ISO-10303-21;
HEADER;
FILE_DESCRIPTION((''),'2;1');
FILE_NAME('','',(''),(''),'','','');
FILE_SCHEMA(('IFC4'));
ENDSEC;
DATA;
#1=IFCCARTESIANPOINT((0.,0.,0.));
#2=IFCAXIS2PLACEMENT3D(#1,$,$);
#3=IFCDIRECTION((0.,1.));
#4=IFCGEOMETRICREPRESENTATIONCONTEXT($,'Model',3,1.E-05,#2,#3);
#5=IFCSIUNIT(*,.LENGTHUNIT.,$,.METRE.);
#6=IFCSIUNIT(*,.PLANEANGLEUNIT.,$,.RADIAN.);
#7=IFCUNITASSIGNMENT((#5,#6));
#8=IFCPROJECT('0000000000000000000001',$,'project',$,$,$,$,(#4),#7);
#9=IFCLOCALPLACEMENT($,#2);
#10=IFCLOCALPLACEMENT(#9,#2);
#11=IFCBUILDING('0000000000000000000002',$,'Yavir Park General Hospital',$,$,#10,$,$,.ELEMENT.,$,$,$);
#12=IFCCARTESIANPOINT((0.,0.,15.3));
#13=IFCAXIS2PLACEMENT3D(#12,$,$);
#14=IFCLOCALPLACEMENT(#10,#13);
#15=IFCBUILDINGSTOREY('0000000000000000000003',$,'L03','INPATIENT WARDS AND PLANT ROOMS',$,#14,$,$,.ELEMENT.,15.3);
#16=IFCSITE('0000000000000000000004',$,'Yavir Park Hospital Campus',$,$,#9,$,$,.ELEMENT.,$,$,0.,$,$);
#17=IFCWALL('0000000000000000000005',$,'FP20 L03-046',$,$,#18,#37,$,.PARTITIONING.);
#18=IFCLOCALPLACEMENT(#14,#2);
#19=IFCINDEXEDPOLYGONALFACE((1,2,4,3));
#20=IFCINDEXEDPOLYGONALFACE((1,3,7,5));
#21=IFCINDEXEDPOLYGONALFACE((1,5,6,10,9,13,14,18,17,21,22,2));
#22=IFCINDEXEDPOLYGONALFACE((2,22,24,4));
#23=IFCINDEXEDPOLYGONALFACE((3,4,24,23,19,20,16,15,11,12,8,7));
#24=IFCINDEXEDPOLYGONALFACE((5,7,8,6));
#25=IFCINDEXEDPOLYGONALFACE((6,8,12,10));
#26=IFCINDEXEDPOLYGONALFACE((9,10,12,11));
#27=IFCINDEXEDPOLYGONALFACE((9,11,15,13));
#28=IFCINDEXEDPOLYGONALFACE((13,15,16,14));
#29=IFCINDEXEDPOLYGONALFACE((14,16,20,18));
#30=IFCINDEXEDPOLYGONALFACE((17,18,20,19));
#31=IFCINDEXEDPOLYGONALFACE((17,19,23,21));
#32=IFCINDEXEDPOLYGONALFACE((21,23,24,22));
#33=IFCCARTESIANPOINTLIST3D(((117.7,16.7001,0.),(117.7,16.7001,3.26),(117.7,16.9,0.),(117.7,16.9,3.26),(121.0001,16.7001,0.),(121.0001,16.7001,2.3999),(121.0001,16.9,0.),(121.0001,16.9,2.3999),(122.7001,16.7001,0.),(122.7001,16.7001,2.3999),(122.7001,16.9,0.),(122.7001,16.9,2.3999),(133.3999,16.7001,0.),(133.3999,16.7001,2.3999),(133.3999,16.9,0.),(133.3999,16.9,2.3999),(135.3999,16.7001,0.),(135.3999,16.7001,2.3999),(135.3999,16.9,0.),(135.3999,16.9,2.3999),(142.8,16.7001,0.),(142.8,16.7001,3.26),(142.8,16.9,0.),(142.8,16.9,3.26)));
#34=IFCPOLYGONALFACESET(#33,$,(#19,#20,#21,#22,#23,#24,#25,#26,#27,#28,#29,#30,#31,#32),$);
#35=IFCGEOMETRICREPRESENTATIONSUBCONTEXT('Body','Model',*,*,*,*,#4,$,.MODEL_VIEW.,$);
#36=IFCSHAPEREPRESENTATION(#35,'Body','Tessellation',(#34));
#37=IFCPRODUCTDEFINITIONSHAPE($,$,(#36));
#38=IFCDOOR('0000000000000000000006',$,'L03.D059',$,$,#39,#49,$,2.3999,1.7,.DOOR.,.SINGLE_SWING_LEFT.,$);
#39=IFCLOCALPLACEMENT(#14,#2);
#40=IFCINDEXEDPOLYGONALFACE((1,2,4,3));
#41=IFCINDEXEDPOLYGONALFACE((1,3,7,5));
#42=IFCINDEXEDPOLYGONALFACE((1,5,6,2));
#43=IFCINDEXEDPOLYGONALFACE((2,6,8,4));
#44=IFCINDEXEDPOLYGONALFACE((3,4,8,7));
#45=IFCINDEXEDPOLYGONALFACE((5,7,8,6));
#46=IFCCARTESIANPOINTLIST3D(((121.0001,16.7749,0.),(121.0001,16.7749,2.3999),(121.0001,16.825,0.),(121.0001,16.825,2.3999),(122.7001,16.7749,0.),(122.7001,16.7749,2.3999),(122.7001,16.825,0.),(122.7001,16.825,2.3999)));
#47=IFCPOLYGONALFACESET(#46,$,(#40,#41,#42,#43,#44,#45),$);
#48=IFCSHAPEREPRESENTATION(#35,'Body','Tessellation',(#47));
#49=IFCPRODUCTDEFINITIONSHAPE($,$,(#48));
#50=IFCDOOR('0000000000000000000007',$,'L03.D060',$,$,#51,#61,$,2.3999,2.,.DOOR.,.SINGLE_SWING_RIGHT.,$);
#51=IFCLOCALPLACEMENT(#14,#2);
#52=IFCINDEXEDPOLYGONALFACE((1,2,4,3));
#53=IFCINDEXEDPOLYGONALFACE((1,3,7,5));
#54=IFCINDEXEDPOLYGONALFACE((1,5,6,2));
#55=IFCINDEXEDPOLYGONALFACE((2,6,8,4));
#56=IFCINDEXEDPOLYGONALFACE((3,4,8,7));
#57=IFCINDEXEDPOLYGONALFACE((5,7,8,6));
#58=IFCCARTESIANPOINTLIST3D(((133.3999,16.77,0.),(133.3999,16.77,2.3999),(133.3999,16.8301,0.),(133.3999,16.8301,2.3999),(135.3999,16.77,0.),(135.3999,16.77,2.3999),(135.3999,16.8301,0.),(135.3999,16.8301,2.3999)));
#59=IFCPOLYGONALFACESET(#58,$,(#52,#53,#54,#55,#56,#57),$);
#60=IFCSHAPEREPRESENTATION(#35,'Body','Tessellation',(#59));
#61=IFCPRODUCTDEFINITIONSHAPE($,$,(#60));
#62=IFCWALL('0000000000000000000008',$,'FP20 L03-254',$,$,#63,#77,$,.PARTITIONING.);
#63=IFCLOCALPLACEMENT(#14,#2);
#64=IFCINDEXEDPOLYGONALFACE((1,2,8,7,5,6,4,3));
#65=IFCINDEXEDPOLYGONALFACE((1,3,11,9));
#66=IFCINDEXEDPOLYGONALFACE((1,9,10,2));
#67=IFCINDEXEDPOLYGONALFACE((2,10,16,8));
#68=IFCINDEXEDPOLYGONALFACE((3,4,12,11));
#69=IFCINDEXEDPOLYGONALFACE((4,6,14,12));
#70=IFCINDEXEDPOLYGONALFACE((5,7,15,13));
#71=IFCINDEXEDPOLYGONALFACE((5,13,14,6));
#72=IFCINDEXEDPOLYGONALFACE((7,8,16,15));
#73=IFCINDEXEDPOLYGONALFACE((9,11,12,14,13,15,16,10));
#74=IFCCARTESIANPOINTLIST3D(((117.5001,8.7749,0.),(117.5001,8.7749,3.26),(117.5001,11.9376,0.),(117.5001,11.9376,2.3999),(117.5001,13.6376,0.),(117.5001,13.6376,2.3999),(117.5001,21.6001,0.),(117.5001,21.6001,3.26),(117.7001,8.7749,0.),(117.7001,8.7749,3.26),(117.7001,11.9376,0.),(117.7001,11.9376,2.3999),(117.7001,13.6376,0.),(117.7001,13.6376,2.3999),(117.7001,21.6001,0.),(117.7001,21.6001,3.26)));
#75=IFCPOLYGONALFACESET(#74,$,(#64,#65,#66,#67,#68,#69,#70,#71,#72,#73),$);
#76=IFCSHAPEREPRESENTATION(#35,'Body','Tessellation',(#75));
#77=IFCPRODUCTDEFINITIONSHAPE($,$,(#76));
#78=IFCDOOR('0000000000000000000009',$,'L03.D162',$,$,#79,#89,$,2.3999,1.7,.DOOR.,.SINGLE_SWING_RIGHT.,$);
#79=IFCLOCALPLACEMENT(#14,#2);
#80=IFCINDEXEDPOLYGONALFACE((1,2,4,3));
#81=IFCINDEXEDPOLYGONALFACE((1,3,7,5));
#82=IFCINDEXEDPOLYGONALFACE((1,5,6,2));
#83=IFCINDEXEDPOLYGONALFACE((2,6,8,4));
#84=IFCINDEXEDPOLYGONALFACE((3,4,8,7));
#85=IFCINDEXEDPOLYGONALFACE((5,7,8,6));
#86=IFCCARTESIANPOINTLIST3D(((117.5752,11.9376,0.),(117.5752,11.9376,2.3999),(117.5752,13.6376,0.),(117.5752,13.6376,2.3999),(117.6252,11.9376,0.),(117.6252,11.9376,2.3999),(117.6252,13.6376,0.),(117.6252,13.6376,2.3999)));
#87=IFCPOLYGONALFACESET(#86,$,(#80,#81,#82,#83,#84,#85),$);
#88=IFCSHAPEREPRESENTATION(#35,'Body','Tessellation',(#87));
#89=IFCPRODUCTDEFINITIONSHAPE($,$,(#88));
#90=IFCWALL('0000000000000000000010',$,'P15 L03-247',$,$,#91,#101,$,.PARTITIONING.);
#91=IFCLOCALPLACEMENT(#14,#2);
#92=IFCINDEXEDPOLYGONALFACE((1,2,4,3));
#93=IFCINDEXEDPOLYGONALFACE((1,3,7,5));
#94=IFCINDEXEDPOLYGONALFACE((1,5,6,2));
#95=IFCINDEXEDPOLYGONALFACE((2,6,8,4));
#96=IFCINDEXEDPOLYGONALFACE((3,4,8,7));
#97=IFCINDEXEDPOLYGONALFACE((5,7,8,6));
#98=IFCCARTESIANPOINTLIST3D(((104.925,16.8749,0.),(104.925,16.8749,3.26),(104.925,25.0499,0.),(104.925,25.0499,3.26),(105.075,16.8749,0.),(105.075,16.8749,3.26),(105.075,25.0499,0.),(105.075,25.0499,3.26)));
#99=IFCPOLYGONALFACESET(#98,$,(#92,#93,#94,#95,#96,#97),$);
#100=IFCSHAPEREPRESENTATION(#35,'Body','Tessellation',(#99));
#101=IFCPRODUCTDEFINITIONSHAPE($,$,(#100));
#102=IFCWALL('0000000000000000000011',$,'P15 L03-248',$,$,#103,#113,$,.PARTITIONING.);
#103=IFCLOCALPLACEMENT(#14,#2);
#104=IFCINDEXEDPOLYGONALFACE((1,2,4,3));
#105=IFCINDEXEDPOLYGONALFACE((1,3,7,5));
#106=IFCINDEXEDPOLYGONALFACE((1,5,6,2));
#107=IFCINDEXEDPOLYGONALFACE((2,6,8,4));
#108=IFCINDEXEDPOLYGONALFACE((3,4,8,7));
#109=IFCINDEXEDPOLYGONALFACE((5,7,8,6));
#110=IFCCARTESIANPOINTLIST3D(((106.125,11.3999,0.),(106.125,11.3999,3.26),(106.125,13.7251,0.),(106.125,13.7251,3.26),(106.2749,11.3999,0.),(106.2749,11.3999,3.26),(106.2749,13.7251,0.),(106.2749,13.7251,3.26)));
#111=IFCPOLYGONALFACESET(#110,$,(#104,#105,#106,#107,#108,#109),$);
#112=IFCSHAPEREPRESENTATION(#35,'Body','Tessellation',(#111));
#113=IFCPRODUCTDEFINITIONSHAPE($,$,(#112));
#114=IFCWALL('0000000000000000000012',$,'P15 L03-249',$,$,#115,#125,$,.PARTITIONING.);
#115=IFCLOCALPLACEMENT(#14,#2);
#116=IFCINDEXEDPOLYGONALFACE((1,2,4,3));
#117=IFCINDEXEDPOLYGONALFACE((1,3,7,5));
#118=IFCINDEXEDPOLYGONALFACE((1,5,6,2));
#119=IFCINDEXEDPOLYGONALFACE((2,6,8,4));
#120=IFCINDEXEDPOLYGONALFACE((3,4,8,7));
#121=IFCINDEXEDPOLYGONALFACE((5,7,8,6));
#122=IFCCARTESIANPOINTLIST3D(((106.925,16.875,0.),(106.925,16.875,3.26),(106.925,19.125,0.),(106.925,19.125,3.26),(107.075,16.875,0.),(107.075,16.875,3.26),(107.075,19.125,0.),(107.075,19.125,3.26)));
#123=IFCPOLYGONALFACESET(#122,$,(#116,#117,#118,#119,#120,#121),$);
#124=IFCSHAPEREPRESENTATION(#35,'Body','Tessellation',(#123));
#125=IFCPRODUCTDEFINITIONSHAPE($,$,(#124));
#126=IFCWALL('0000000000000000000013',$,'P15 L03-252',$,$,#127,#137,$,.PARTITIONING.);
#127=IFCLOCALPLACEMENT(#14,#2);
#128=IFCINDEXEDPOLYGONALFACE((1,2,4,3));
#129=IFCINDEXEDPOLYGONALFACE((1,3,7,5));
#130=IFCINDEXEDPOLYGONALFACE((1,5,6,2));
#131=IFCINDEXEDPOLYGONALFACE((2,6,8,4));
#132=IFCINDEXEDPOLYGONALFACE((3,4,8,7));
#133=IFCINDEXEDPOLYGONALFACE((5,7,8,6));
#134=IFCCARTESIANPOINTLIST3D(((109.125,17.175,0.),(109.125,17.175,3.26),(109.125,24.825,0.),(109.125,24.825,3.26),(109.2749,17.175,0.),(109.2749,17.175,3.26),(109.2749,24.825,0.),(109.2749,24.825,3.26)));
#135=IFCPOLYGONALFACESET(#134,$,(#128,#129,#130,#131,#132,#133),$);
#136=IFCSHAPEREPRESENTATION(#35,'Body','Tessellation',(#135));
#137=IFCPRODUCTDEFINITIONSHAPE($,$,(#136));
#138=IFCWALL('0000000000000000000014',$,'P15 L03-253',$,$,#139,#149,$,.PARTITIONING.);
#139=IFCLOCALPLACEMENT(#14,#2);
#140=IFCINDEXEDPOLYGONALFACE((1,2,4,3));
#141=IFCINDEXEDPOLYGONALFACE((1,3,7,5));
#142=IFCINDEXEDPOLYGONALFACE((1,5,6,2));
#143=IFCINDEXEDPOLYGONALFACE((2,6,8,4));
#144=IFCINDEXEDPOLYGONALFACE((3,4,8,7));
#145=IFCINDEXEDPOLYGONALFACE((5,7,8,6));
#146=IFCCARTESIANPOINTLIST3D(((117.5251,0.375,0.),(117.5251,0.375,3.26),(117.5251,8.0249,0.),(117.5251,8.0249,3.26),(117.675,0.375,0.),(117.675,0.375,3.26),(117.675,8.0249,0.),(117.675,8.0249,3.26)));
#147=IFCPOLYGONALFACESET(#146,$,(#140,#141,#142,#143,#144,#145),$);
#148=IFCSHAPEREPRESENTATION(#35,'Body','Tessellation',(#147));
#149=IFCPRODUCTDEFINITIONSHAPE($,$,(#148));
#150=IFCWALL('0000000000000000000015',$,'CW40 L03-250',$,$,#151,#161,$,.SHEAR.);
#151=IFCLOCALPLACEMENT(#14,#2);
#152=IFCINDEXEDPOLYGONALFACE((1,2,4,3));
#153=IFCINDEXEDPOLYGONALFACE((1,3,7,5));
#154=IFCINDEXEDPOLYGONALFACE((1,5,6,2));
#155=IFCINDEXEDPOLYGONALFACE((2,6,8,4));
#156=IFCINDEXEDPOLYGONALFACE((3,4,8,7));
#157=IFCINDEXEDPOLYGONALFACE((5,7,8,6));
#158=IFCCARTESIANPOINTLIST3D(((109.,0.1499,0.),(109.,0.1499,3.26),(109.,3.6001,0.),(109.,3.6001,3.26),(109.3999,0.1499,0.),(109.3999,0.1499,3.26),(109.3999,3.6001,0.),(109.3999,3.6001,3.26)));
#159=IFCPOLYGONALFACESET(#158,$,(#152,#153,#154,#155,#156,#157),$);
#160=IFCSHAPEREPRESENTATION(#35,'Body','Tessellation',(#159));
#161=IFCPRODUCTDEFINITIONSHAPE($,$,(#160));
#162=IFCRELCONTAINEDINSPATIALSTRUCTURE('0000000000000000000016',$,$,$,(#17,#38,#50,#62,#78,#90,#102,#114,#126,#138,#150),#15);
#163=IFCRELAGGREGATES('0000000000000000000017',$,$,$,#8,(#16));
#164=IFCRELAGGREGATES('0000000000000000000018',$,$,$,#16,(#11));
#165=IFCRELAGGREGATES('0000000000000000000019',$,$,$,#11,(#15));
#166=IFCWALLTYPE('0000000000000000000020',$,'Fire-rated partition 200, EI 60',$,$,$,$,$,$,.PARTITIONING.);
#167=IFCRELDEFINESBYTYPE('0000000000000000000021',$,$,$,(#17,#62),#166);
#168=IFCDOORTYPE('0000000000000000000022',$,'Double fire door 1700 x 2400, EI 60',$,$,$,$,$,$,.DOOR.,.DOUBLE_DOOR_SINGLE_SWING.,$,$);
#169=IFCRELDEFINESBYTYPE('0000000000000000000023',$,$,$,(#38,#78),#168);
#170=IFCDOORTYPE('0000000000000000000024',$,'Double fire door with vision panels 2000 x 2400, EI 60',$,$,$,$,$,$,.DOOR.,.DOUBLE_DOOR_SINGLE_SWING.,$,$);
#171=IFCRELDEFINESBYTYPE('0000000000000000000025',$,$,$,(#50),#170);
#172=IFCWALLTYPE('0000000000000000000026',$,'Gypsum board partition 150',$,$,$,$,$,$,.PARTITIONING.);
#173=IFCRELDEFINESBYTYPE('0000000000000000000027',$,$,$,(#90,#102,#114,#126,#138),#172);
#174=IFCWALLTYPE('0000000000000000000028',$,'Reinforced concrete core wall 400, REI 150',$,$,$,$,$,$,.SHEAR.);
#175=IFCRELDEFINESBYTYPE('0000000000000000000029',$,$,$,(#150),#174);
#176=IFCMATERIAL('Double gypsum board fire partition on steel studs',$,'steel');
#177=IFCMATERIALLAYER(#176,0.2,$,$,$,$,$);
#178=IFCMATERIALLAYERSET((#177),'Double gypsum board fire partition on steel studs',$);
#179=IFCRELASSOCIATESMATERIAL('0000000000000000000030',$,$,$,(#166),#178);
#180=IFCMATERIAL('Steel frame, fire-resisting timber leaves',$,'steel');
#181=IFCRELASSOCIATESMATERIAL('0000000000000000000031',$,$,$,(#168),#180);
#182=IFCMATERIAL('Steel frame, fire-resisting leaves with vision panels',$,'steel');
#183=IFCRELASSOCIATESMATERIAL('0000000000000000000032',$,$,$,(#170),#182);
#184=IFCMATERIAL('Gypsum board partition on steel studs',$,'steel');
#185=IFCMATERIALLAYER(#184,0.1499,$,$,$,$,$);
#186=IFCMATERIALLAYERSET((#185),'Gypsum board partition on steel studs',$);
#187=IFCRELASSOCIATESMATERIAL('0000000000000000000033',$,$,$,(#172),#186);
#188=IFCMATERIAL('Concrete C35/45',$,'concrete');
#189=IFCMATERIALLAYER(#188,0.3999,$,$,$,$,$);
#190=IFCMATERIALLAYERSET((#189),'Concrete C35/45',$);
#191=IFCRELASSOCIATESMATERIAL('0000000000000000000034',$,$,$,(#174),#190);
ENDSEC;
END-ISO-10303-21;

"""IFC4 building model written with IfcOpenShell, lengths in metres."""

from ifc_helpers import new_model, si_unit, direction, frame, frame_2d, origin, place, context, subcontext, project, spatial, rectangle, extrude, material, layer, layer_set, type_object, element, fill, save


model = new_model("IFC4")

# Units and contexts
model_context = context("Model", 3, precision=1e-05, world=origin(), true_north=direction((0.0, 1.0)))
body_context = subcontext(model_context, "Body", "Model", "MODEL_VIEW")
ifc_project = project(units=[si_unit("LENGTHUNIT", "METRE"), si_unit("PLANEANGLEUNIT", "RADIAN")], contexts=[model_context])

# Site, building, storey
site_placement = place(None, origin())
site = spatial("IfcSite", under=ifc_project, at=site_placement, Name="Yavir Park Hospital Campus", CompositionType="ELEMENT", RefElevation=0.0)
building_placement = place(site_placement, origin())
building = spatial("IfcBuilding", under=site, at=building_placement, Name="Yavir Park General Hospital", CompositionType="ELEMENT")
storey_placement = place(building_placement, frame((0.0, 0.0, 15.3)))
storey = spatial("IfcBuildingStorey", under=building, at=storey_placement, Name="L03", Description="INPATIENT WARDS AND PLANT ROOMS", CompositionType="ELEMENT", Elevation=15.3)

# Wall, openings, doors
ifc_material_1 = material(Name="Double gypsum board fire partition on steel studs", Category="steel")
ifc_layer_1 = layer(ifc_material_1, 0.2)
ifc_layer_set_1 = layer_set([ifc_layer_1], Name="Double gypsum board fire partition on steel studs")
wall_type_1 = type_object("IfcWallType", Name="Fire-rated partition 200, EI 60", PredefinedType="PARTITIONING", material=ifc_layer_set_1)
wall_1_placement = place(storey_placement, frame((117.7, 16.8, 0.0), z_axis=(0.0, 0.0, 1.0), x_axis=(1.0, 0.0, 0.0)))
wall_1 = element("IfcWall", 1, at=wall_1_placement, inside=storey, type_object=wall_type_1, Name="FP20 L03-046", PredefinedType="PARTITIONING", context=body_context, shape_type="SweptSolid", body=[
    extrude(rectangle(XDim=25.1001, YDim=0.2, at=frame_2d((12.55, 0.0))), origin(), (0.0, 0.0, 1.0), 3.26),
])
opening_1_placement = place(wall_1_placement, frame((3.3, 0.0, 0.0)))
opening_1 = element("IfcOpeningElement", 2, at=opening_1_placement, cuts=wall_1, PredefinedType="OPENING", context=body_context, shape_type="SweptSolid", body=[
    extrude(rectangle(XDim=1.7, YDim=2.3999, at=frame_2d((0.8501, 1.2))), frame((0.0, 0.1099, 0.0), z_axis=(0.0, -1.0, 0.0), x_axis=(1.0, 0.0, 0.0)), (0.0, 0.0, 1.0), 0.22),
])
opening_2_placement = place(wall_1_placement, frame((15.7, 0.0, 0.0)))
opening_2 = element("IfcOpeningElement", 3, at=opening_2_placement, cuts=wall_1, PredefinedType="OPENING", context=body_context, shape_type="SweptSolid", body=[
    extrude(rectangle(XDim=2.0, YDim=2.3999, at=frame_2d((1.0, 1.2))), frame((0.0, 0.1099, 0.0), z_axis=(0.0, -1.0, 0.0), x_axis=(1.0, 0.0, 0.0)), (0.0, 0.0, 1.0), 0.22),
])
ifc_material_2 = material(Name="Steel frame, fire-resisting timber leaves", Category="steel")
door_type_1 = type_object("IfcDoorType", Name="Double fire door 1700 x 2400, EI 60", OperationType="DOUBLE_DOOR_SINGLE_SWING", PredefinedType="DOOR", material=ifc_material_2)
door_1_placement = place(opening_1_placement, origin())
door_1 = element("IfcDoor", 4, at=door_1_placement, inside=storey, type_object=door_type_1, Name="L03.D059", OperationType="SINGLE_SWING_LEFT", OverallHeight=2.3999, OverallWidth=1.7, PredefinedType="DOOR", context=body_context, shape_type="SweptSolid", body=[
    extrude(rectangle(XDim=1.7, YDim=2.3999, at=frame_2d((0.8501, 1.2))), frame((0.0, 0.0249, 0.0), z_axis=(0.0, -1.0, 0.0), x_axis=(1.0, 0.0, 0.0)), (0.0, 0.0, 1.0), 0.05),
])
fill(opening_1, door_1)
ifc_material_3 = material(Name="Steel frame, fire-resisting leaves with vision panels", Category="steel")
door_type_2 = type_object("IfcDoorType", Name="Double fire door with vision panels 2000 x 2400, EI 60", OperationType="DOUBLE_DOOR_SINGLE_SWING", PredefinedType="DOOR", material=ifc_material_3)
door_2_placement = place(opening_2_placement, origin())
door_2 = element("IfcDoor", 5, at=door_2_placement, inside=storey, type_object=door_type_2, Name="L03.D060", OperationType="SINGLE_SWING_RIGHT", OverallHeight=2.3999, OverallWidth=2.0, PredefinedType="DOOR", context=body_context, shape_type="SweptSolid", body=[
    extrude(rectangle(XDim=2.0, YDim=2.3999, at=frame_2d((1.0, 1.2))), frame((0.0, 0.03, 0.0), z_axis=(0.0, -1.0, 0.0), x_axis=(1.0, 0.0, 0.0)), (0.0, 0.0, 1.0), 0.0601),
])
fill(opening_2, door_2)

# Wall, opening, door
wall_2_placement = place(storey_placement, frame((117.6001, 8.7749, 0.0), z_axis=(0.0, 0.0, 1.0), x_axis=(0.0, 1.0, 0.0)))
wall_2 = element("IfcWall", 6, at=wall_2_placement, inside=storey, type_object=wall_type_1, Name="FP20 L03-254", PredefinedType="PARTITIONING", context=body_context, shape_type="SweptSolid", body=[
    extrude(rectangle(XDim=12.8252, YDim=0.2, at=frame_2d((6.4126, 0.0))), origin(), (0.0, 0.0, 1.0), 3.26),
])
opening_3_placement = place(wall_2_placement, frame((3.1626, 0.0, 0.0)))
opening_3 = element("IfcOpeningElement", 7, at=opening_3_placement, cuts=wall_2, PredefinedType="OPENING", context=body_context, shape_type="SweptSolid", body=[
    extrude(rectangle(XDim=1.7, YDim=2.3999, at=frame_2d((0.8501, 1.2))), frame((0.0, 0.1099, 0.0), z_axis=(0.0, -1.0, 0.0), x_axis=(1.0, 0.0, 0.0)), (0.0, 0.0, 1.0), 0.22),
])
door_3_placement = place(opening_3_placement, origin())
door_3 = element("IfcDoor", 8, at=door_3_placement, inside=storey, type_object=door_type_1, Name="L03.D162", OperationType="SINGLE_SWING_RIGHT", OverallHeight=2.3999, OverallWidth=1.7, PredefinedType="DOOR", context=body_context, shape_type="SweptSolid", body=[
    extrude(rectangle(XDim=1.7, YDim=2.3999, at=frame_2d((0.8501, 1.2))), frame((0.0, 0.0249, 0.0), z_axis=(0.0, -1.0, 0.0), x_axis=(1.0, 0.0, 0.0)), (0.0, 0.0, 1.0), 0.05),
])
fill(opening_3, door_3)

# Walls
ifc_material_4 = material(Name="Gypsum board partition on steel studs", Category="steel")
ifc_layer_2 = layer(ifc_material_4, 0.1499)
ifc_layer_set_2 = layer_set([ifc_layer_2], Name="Gypsum board partition on steel studs")
wall_type_2 = type_object("IfcWallType", Name="Gypsum board partition 150", PredefinedType="PARTITIONING", material=ifc_layer_set_2)
wall_3_placement = place(storey_placement, frame((105.0, 16.875, 0.0), z_axis=(0.0, 0.0, 1.0), x_axis=(0.0, 1.0, 0.0)))
element("IfcWall", 9, at=wall_3_placement, inside=storey, type_object=wall_type_2, Name="P15 L03-247", PredefinedType="PARTITIONING", context=body_context, shape_type="SweptSolid", body=[
    extrude(rectangle(XDim=8.175, YDim=0.1499, at=frame_2d((4.0874, 0.0))), origin(), (0.0, 0.0, 1.0), 3.26),
])
wall_4_placement = place(storey_placement, frame((106.2, 11.3999, 0.0), z_axis=(0.0, 0.0, 1.0), x_axis=(0.0, 1.0, 0.0)))
element("IfcWall", 10, at=wall_4_placement, inside=storey, type_object=wall_type_2, Name="P15 L03-248", PredefinedType="PARTITIONING", context=body_context, shape_type="SweptSolid", body=[
    extrude(rectangle(XDim=2.3252, YDim=0.1499, at=frame_2d((1.1626, 0.0))), origin(), (0.0, 0.0, 1.0), 3.26),
])
wall_5_placement = place(storey_placement, frame((107.0, 16.875, 0.0), z_axis=(0.0, 0.0, 1.0), x_axis=(0.0, 1.0, 0.0)))
element("IfcWall", 11, at=wall_5_placement, inside=storey, type_object=wall_type_2, Name="P15 L03-249", PredefinedType="PARTITIONING", context=body_context, shape_type="SweptSolid", body=[
    extrude(rectangle(XDim=2.25, YDim=0.1499, at=frame_2d((1.125, 0.0))), origin(), (0.0, 0.0, 1.0), 3.26),
])
for number, where, z_axis, x_axis, name in (
    (12, (109.2, 17.175, 0.0), (0.0, 0.0, 1.0), (0.0, 1.0, 0.0), "P15 L03-252"),
    (13, (117.6001, 0.375, 0.0), (0.0, 0.0, 1.0), (0.0, 1.0, 0.0), "P15 L03-253"),
):
    element("IfcWall", number, at=place(storey_placement, frame(where, z_axis=z_axis, x_axis=x_axis)), inside=storey, type_object=wall_type_2, Name=name, PredefinedType="PARTITIONING", context=body_context, shape_type="SweptSolid", body=[
        extrude(rectangle(XDim=7.6499, YDim=0.1499, at=frame_2d((3.825, 0.0))), origin(), (0.0, 0.0, 1.0), 3.26),
    ])
ifc_material_5 = material(Name="Concrete C35/45", Category="concrete")
ifc_layer_3 = layer(ifc_material_5, 0.3999)
ifc_layer_set_3 = layer_set([ifc_layer_3], Name="Concrete C35/45")
wall_type_3 = type_object("IfcWallType", Name="Reinforced concrete core wall 400, REI 150", PredefinedType="SHEAR", material=ifc_layer_set_3)
wall_6_placement = place(storey_placement, frame((109.2, 0.1499, 0.0), z_axis=(0.0, 0.0, 1.0), x_axis=(0.0, 1.0, 0.0)))
element("IfcWall", 14, at=wall_6_placement, inside=storey, type_object=wall_type_3, Name="CW40 L03-250", PredefinedType="SHEAR", context=body_context, shape_type="SweptSolid", body=[
    extrude(rectangle(XDim=3.4502, YDim=0.3999, at=frame_2d((1.7251, 0.0))), origin(), (0.0, 0.0, 1.0), 3.26),
])

save(model, "model.ifc")
